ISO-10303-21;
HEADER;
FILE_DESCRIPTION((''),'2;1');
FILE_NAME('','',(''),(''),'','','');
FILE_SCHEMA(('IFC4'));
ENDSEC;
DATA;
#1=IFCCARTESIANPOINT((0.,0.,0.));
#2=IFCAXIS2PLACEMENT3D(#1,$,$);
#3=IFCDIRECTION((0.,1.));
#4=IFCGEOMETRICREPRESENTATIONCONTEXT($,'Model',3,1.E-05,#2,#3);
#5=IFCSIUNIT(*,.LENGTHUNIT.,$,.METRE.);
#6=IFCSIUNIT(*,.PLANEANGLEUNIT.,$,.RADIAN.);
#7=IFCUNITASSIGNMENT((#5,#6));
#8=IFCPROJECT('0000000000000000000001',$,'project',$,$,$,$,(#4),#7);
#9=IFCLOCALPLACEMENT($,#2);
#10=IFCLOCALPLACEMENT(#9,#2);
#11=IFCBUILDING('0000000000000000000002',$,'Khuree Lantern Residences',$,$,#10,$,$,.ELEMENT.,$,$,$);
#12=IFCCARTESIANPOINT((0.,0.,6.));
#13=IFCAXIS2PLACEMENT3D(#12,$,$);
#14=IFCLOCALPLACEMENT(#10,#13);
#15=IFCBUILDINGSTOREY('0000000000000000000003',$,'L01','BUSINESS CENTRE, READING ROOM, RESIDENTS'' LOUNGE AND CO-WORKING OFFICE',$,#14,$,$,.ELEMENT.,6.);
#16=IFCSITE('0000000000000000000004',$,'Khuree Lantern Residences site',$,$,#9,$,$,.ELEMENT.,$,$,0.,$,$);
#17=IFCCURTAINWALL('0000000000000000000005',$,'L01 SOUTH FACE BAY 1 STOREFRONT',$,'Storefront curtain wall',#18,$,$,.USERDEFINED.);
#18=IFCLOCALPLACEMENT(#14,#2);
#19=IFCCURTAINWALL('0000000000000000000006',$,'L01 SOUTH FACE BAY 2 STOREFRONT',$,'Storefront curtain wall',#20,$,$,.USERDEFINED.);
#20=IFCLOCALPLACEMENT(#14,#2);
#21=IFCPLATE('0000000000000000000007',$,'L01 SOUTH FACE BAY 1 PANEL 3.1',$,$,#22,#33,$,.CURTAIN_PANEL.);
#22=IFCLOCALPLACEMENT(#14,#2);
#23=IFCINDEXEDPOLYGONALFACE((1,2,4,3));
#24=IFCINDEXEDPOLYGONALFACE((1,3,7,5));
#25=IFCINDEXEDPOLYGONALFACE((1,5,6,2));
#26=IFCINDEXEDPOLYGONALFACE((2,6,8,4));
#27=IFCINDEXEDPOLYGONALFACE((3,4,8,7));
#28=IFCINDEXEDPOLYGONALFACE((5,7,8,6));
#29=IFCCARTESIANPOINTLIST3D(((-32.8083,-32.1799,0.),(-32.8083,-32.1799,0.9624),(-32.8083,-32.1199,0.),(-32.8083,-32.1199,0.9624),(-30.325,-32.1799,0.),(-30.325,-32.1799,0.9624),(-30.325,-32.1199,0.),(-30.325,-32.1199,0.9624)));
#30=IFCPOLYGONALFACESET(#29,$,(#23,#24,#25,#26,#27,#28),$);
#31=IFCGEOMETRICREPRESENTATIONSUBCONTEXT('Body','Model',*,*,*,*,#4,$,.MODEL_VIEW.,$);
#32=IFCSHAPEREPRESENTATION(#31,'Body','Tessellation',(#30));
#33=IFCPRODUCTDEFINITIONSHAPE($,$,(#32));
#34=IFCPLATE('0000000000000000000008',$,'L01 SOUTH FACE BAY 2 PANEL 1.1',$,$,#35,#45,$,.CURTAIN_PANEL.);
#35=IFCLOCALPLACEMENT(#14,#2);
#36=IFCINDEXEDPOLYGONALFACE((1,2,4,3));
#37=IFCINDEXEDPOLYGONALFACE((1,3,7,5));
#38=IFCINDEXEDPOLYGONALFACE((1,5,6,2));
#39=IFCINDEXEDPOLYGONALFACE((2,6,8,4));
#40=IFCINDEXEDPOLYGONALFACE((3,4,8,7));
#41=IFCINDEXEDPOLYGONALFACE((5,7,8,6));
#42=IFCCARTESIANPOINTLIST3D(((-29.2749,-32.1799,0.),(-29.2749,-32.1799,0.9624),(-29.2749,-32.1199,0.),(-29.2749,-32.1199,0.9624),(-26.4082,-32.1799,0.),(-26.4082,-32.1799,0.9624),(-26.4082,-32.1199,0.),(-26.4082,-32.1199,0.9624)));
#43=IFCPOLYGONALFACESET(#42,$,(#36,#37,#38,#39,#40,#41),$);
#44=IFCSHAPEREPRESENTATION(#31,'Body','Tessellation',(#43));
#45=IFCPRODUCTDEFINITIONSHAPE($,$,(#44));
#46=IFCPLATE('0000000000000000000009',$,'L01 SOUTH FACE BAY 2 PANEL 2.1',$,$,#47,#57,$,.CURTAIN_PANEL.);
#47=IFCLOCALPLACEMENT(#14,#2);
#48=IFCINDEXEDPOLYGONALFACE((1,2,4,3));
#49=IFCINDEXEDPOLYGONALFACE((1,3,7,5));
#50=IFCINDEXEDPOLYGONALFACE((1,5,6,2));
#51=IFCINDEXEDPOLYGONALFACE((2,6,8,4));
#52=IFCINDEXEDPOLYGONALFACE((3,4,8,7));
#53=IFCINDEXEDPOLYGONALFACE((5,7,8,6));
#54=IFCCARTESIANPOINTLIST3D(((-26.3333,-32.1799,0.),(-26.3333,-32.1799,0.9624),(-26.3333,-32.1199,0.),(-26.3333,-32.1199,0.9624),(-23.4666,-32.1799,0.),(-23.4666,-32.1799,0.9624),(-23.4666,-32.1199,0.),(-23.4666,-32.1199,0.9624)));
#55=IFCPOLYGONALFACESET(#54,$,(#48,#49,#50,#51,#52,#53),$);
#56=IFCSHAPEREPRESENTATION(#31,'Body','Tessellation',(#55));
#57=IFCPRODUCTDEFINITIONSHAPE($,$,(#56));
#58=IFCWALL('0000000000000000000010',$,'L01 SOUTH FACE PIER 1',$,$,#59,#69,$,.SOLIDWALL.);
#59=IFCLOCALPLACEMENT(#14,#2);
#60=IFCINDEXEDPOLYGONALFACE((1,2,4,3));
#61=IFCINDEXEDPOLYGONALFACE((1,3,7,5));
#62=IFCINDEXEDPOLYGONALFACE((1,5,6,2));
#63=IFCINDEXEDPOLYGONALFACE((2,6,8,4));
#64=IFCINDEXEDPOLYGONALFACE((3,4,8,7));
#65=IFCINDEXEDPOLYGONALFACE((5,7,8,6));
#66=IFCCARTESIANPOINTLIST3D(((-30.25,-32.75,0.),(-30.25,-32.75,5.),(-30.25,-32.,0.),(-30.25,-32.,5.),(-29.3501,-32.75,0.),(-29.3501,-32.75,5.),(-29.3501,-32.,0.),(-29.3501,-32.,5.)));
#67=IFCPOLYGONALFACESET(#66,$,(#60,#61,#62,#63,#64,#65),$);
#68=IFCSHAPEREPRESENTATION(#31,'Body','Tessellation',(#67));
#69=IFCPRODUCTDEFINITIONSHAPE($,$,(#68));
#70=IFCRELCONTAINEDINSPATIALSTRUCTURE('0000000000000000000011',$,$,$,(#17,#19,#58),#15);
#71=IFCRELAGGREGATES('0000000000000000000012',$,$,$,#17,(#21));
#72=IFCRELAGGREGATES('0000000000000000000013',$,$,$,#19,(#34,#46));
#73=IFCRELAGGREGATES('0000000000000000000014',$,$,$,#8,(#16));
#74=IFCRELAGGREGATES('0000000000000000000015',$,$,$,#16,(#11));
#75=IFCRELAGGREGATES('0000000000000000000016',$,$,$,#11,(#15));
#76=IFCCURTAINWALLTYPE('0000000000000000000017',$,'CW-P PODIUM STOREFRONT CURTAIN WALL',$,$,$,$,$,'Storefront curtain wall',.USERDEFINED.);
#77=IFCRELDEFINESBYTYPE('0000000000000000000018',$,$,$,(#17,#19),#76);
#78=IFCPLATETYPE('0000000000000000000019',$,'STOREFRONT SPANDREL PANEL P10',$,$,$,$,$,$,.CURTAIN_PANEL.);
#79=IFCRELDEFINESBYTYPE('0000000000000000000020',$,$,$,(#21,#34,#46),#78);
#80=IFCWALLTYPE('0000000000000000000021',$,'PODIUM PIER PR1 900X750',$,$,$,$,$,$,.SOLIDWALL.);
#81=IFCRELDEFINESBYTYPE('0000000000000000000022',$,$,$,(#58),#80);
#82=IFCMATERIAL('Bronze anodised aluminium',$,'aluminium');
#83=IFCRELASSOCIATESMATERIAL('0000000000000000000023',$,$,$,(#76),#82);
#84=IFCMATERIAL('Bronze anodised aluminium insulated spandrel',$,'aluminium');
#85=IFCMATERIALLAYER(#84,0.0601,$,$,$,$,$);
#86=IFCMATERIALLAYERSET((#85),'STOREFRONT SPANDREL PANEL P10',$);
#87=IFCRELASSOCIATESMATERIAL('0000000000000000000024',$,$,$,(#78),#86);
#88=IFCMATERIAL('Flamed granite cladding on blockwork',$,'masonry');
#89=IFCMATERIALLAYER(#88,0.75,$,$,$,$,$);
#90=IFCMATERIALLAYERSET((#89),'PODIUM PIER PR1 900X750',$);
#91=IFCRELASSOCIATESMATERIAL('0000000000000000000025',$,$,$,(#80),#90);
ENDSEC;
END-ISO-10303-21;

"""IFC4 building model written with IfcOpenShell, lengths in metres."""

from ifc_helpers import new_model, si_unit, direction, frame, frame_2d, origin, origin_2d, place, context, subcontext, project, spatial, rectangle, extrude, material, layer, layer_set, type_object, element, aggregate, save


model = new_model("IFC4")

# Units and contexts
model_context = context("Model", 3, precision=1e-05, world=origin(), true_north=direction((0.0, 1.0)))
body_context = subcontext(model_context, "Body", "Model", "MODEL_VIEW")
ifc_project = project(units=[si_unit("LENGTHUNIT", "METRE"), si_unit("PLANEANGLEUNIT", "RADIAN")], contexts=[model_context])

# Site, building, storey
site_placement = place(None, origin())
site = spatial("IfcSite", under=ifc_project, at=site_placement, Name="Khuree Lantern Residences site", CompositionType="ELEMENT", RefElevation=0.0)
building_placement = place(site_placement, origin())
building = spatial("IfcBuilding", under=site, at=building_placement, Name="Khuree Lantern Residences", CompositionType="ELEMENT")
storey_placement = place(building_placement, frame((0.0, 0.0, 6.0)))
storey = spatial("IfcBuildingStorey", under=building, at=storey_placement, Name="L01", Description="BUSINESS CENTRE, READING ROOM, RESIDENTS' LOUNGE AND CO-WORKING OFFICE", CompositionType="ELEMENT", Elevation=6.0)

# Curtain walls
ifc_material_1 = material(Name="Bronze anodised aluminium", Category="aluminium")
curtain_wall_type = type_object("IfcCurtainWallType", Name="CW-P PODIUM STOREFRONT CURTAIN WALL", ElementType="Storefront curtain wall", PredefinedType="USERDEFINED", material=ifc_material_1)
curtain_wall_1_placement = place(storey_placement, origin())
curtain_wall_1 = element("IfcCurtainWall", 1, at=curtain_wall_1_placement, inside=storey, type_object=curtain_wall_type, Name="L01 SOUTH FACE BAY 1 STOREFRONT", ObjectType="Storefront curtain wall", PredefinedType="USERDEFINED")
curtain_wall_2_placement = place(storey_placement, origin())
curtain_wall_2 = element("IfcCurtainWall", 2, at=curtain_wall_2_placement, inside=storey, type_object=curtain_wall_type, Name="L01 SOUTH FACE BAY 2 STOREFRONT", ObjectType="Storefront curtain wall", PredefinedType="USERDEFINED")

# Plates
ifc_material_2 = material(Name="Bronze anodised aluminium insulated spandrel", Category="aluminium")
ifc_layer_1 = layer(ifc_material_2, 0.0601)
ifc_layer_set_1 = layer_set([ifc_layer_1], Name="STOREFRONT SPANDREL PANEL P10")
plate_type_1 = type_object("IfcPlateType", Name="STOREFRONT SPANDREL PANEL P10", PredefinedType="CURTAIN_PANEL", material=ifc_layer_set_1)
plate_1_placement = place(storey_placement, frame((-31.5667, -32.1499, 0.0), z_axis=(0.0, 0.0, 1.0), x_axis=(1.0, 0.0, 0.0)))
plate_1 = element("IfcPlate", 3, at=plate_1_placement, type_object=plate_type_1, Name="L01 SOUTH FACE BAY 1 PANEL 3.1", PredefinedType="CURTAIN_PANEL", context=body_context, shape_type="SweptSolid", body=[
    extrude(rectangle(XDim=2.4834, YDim=0.0601, at=origin_2d()), origin(), (0.0, 0.0, 1.0), 0.9624),
])
aggregate(curtain_wall_1, [plate_1])
plate_2_placement = place(storey_placement, frame((-27.8416, -32.1499, 0.0), z_axis=(0.0, 0.0, 1.0), x_axis=(1.0, 0.0, 0.0)))
plate_2 = element("IfcPlate", 4, at=plate_2_placement, type_object=plate_type_1, Name="L01 SOUTH FACE BAY 2 PANEL 1.1", PredefinedType="CURTAIN_PANEL", context=body_context, shape_type="SweptSolid", body=[
    extrude(rectangle(XDim=2.8667, YDim=0.0601, at=origin_2d()), origin(), (0.0, 0.0, 1.0), 0.9624),
])
plate_3_placement = place(storey_placement, frame((-24.8999, -32.1499, 0.0), z_axis=(0.0, 0.0, 1.0), x_axis=(1.0, 0.0, 0.0)))
plate_3 = element("IfcPlate", 5, at=plate_3_placement, type_object=plate_type_1, Name="L01 SOUTH FACE BAY 2 PANEL 2.1", PredefinedType="CURTAIN_PANEL", context=body_context, shape_type="SweptSolid", body=[
    extrude(rectangle(XDim=2.8667, YDim=0.0601, at=origin_2d()), origin(), (0.0, 0.0, 1.0), 0.9624),
])
aggregate(curtain_wall_2, [plate_2, plate_3])

# Wall
ifc_material_3 = material(Name="Flamed granite cladding on blockwork", Category="masonry")
ifc_layer_2 = layer(ifc_material_3, 0.75)
ifc_layer_set_2 = layer_set([ifc_layer_2], Name="PODIUM PIER PR1 900X750")
wall_type = type_object("IfcWallType", Name="PODIUM PIER PR1 900X750", PredefinedType="SOLIDWALL", material=ifc_layer_set_2)
wall_placement = place(storey_placement, frame((-30.25, -32.375, 0.0), z_axis=(0.0, 0.0, 1.0), x_axis=(1.0, 0.0, 0.0)))
element("IfcWall", 6, at=wall_placement, inside=storey, type_object=wall_type, Name="L01 SOUTH FACE PIER 1", PredefinedType="SOLIDWALL", context=body_context, shape_type="SweptSolid", body=[
    extrude(rectangle(XDim=0.8999, YDim=0.75, at=frame_2d((0.45, 0.0))), origin(), (0.0, 0.0, 1.0), 5.0),
])

save(model, "model.ifc")
